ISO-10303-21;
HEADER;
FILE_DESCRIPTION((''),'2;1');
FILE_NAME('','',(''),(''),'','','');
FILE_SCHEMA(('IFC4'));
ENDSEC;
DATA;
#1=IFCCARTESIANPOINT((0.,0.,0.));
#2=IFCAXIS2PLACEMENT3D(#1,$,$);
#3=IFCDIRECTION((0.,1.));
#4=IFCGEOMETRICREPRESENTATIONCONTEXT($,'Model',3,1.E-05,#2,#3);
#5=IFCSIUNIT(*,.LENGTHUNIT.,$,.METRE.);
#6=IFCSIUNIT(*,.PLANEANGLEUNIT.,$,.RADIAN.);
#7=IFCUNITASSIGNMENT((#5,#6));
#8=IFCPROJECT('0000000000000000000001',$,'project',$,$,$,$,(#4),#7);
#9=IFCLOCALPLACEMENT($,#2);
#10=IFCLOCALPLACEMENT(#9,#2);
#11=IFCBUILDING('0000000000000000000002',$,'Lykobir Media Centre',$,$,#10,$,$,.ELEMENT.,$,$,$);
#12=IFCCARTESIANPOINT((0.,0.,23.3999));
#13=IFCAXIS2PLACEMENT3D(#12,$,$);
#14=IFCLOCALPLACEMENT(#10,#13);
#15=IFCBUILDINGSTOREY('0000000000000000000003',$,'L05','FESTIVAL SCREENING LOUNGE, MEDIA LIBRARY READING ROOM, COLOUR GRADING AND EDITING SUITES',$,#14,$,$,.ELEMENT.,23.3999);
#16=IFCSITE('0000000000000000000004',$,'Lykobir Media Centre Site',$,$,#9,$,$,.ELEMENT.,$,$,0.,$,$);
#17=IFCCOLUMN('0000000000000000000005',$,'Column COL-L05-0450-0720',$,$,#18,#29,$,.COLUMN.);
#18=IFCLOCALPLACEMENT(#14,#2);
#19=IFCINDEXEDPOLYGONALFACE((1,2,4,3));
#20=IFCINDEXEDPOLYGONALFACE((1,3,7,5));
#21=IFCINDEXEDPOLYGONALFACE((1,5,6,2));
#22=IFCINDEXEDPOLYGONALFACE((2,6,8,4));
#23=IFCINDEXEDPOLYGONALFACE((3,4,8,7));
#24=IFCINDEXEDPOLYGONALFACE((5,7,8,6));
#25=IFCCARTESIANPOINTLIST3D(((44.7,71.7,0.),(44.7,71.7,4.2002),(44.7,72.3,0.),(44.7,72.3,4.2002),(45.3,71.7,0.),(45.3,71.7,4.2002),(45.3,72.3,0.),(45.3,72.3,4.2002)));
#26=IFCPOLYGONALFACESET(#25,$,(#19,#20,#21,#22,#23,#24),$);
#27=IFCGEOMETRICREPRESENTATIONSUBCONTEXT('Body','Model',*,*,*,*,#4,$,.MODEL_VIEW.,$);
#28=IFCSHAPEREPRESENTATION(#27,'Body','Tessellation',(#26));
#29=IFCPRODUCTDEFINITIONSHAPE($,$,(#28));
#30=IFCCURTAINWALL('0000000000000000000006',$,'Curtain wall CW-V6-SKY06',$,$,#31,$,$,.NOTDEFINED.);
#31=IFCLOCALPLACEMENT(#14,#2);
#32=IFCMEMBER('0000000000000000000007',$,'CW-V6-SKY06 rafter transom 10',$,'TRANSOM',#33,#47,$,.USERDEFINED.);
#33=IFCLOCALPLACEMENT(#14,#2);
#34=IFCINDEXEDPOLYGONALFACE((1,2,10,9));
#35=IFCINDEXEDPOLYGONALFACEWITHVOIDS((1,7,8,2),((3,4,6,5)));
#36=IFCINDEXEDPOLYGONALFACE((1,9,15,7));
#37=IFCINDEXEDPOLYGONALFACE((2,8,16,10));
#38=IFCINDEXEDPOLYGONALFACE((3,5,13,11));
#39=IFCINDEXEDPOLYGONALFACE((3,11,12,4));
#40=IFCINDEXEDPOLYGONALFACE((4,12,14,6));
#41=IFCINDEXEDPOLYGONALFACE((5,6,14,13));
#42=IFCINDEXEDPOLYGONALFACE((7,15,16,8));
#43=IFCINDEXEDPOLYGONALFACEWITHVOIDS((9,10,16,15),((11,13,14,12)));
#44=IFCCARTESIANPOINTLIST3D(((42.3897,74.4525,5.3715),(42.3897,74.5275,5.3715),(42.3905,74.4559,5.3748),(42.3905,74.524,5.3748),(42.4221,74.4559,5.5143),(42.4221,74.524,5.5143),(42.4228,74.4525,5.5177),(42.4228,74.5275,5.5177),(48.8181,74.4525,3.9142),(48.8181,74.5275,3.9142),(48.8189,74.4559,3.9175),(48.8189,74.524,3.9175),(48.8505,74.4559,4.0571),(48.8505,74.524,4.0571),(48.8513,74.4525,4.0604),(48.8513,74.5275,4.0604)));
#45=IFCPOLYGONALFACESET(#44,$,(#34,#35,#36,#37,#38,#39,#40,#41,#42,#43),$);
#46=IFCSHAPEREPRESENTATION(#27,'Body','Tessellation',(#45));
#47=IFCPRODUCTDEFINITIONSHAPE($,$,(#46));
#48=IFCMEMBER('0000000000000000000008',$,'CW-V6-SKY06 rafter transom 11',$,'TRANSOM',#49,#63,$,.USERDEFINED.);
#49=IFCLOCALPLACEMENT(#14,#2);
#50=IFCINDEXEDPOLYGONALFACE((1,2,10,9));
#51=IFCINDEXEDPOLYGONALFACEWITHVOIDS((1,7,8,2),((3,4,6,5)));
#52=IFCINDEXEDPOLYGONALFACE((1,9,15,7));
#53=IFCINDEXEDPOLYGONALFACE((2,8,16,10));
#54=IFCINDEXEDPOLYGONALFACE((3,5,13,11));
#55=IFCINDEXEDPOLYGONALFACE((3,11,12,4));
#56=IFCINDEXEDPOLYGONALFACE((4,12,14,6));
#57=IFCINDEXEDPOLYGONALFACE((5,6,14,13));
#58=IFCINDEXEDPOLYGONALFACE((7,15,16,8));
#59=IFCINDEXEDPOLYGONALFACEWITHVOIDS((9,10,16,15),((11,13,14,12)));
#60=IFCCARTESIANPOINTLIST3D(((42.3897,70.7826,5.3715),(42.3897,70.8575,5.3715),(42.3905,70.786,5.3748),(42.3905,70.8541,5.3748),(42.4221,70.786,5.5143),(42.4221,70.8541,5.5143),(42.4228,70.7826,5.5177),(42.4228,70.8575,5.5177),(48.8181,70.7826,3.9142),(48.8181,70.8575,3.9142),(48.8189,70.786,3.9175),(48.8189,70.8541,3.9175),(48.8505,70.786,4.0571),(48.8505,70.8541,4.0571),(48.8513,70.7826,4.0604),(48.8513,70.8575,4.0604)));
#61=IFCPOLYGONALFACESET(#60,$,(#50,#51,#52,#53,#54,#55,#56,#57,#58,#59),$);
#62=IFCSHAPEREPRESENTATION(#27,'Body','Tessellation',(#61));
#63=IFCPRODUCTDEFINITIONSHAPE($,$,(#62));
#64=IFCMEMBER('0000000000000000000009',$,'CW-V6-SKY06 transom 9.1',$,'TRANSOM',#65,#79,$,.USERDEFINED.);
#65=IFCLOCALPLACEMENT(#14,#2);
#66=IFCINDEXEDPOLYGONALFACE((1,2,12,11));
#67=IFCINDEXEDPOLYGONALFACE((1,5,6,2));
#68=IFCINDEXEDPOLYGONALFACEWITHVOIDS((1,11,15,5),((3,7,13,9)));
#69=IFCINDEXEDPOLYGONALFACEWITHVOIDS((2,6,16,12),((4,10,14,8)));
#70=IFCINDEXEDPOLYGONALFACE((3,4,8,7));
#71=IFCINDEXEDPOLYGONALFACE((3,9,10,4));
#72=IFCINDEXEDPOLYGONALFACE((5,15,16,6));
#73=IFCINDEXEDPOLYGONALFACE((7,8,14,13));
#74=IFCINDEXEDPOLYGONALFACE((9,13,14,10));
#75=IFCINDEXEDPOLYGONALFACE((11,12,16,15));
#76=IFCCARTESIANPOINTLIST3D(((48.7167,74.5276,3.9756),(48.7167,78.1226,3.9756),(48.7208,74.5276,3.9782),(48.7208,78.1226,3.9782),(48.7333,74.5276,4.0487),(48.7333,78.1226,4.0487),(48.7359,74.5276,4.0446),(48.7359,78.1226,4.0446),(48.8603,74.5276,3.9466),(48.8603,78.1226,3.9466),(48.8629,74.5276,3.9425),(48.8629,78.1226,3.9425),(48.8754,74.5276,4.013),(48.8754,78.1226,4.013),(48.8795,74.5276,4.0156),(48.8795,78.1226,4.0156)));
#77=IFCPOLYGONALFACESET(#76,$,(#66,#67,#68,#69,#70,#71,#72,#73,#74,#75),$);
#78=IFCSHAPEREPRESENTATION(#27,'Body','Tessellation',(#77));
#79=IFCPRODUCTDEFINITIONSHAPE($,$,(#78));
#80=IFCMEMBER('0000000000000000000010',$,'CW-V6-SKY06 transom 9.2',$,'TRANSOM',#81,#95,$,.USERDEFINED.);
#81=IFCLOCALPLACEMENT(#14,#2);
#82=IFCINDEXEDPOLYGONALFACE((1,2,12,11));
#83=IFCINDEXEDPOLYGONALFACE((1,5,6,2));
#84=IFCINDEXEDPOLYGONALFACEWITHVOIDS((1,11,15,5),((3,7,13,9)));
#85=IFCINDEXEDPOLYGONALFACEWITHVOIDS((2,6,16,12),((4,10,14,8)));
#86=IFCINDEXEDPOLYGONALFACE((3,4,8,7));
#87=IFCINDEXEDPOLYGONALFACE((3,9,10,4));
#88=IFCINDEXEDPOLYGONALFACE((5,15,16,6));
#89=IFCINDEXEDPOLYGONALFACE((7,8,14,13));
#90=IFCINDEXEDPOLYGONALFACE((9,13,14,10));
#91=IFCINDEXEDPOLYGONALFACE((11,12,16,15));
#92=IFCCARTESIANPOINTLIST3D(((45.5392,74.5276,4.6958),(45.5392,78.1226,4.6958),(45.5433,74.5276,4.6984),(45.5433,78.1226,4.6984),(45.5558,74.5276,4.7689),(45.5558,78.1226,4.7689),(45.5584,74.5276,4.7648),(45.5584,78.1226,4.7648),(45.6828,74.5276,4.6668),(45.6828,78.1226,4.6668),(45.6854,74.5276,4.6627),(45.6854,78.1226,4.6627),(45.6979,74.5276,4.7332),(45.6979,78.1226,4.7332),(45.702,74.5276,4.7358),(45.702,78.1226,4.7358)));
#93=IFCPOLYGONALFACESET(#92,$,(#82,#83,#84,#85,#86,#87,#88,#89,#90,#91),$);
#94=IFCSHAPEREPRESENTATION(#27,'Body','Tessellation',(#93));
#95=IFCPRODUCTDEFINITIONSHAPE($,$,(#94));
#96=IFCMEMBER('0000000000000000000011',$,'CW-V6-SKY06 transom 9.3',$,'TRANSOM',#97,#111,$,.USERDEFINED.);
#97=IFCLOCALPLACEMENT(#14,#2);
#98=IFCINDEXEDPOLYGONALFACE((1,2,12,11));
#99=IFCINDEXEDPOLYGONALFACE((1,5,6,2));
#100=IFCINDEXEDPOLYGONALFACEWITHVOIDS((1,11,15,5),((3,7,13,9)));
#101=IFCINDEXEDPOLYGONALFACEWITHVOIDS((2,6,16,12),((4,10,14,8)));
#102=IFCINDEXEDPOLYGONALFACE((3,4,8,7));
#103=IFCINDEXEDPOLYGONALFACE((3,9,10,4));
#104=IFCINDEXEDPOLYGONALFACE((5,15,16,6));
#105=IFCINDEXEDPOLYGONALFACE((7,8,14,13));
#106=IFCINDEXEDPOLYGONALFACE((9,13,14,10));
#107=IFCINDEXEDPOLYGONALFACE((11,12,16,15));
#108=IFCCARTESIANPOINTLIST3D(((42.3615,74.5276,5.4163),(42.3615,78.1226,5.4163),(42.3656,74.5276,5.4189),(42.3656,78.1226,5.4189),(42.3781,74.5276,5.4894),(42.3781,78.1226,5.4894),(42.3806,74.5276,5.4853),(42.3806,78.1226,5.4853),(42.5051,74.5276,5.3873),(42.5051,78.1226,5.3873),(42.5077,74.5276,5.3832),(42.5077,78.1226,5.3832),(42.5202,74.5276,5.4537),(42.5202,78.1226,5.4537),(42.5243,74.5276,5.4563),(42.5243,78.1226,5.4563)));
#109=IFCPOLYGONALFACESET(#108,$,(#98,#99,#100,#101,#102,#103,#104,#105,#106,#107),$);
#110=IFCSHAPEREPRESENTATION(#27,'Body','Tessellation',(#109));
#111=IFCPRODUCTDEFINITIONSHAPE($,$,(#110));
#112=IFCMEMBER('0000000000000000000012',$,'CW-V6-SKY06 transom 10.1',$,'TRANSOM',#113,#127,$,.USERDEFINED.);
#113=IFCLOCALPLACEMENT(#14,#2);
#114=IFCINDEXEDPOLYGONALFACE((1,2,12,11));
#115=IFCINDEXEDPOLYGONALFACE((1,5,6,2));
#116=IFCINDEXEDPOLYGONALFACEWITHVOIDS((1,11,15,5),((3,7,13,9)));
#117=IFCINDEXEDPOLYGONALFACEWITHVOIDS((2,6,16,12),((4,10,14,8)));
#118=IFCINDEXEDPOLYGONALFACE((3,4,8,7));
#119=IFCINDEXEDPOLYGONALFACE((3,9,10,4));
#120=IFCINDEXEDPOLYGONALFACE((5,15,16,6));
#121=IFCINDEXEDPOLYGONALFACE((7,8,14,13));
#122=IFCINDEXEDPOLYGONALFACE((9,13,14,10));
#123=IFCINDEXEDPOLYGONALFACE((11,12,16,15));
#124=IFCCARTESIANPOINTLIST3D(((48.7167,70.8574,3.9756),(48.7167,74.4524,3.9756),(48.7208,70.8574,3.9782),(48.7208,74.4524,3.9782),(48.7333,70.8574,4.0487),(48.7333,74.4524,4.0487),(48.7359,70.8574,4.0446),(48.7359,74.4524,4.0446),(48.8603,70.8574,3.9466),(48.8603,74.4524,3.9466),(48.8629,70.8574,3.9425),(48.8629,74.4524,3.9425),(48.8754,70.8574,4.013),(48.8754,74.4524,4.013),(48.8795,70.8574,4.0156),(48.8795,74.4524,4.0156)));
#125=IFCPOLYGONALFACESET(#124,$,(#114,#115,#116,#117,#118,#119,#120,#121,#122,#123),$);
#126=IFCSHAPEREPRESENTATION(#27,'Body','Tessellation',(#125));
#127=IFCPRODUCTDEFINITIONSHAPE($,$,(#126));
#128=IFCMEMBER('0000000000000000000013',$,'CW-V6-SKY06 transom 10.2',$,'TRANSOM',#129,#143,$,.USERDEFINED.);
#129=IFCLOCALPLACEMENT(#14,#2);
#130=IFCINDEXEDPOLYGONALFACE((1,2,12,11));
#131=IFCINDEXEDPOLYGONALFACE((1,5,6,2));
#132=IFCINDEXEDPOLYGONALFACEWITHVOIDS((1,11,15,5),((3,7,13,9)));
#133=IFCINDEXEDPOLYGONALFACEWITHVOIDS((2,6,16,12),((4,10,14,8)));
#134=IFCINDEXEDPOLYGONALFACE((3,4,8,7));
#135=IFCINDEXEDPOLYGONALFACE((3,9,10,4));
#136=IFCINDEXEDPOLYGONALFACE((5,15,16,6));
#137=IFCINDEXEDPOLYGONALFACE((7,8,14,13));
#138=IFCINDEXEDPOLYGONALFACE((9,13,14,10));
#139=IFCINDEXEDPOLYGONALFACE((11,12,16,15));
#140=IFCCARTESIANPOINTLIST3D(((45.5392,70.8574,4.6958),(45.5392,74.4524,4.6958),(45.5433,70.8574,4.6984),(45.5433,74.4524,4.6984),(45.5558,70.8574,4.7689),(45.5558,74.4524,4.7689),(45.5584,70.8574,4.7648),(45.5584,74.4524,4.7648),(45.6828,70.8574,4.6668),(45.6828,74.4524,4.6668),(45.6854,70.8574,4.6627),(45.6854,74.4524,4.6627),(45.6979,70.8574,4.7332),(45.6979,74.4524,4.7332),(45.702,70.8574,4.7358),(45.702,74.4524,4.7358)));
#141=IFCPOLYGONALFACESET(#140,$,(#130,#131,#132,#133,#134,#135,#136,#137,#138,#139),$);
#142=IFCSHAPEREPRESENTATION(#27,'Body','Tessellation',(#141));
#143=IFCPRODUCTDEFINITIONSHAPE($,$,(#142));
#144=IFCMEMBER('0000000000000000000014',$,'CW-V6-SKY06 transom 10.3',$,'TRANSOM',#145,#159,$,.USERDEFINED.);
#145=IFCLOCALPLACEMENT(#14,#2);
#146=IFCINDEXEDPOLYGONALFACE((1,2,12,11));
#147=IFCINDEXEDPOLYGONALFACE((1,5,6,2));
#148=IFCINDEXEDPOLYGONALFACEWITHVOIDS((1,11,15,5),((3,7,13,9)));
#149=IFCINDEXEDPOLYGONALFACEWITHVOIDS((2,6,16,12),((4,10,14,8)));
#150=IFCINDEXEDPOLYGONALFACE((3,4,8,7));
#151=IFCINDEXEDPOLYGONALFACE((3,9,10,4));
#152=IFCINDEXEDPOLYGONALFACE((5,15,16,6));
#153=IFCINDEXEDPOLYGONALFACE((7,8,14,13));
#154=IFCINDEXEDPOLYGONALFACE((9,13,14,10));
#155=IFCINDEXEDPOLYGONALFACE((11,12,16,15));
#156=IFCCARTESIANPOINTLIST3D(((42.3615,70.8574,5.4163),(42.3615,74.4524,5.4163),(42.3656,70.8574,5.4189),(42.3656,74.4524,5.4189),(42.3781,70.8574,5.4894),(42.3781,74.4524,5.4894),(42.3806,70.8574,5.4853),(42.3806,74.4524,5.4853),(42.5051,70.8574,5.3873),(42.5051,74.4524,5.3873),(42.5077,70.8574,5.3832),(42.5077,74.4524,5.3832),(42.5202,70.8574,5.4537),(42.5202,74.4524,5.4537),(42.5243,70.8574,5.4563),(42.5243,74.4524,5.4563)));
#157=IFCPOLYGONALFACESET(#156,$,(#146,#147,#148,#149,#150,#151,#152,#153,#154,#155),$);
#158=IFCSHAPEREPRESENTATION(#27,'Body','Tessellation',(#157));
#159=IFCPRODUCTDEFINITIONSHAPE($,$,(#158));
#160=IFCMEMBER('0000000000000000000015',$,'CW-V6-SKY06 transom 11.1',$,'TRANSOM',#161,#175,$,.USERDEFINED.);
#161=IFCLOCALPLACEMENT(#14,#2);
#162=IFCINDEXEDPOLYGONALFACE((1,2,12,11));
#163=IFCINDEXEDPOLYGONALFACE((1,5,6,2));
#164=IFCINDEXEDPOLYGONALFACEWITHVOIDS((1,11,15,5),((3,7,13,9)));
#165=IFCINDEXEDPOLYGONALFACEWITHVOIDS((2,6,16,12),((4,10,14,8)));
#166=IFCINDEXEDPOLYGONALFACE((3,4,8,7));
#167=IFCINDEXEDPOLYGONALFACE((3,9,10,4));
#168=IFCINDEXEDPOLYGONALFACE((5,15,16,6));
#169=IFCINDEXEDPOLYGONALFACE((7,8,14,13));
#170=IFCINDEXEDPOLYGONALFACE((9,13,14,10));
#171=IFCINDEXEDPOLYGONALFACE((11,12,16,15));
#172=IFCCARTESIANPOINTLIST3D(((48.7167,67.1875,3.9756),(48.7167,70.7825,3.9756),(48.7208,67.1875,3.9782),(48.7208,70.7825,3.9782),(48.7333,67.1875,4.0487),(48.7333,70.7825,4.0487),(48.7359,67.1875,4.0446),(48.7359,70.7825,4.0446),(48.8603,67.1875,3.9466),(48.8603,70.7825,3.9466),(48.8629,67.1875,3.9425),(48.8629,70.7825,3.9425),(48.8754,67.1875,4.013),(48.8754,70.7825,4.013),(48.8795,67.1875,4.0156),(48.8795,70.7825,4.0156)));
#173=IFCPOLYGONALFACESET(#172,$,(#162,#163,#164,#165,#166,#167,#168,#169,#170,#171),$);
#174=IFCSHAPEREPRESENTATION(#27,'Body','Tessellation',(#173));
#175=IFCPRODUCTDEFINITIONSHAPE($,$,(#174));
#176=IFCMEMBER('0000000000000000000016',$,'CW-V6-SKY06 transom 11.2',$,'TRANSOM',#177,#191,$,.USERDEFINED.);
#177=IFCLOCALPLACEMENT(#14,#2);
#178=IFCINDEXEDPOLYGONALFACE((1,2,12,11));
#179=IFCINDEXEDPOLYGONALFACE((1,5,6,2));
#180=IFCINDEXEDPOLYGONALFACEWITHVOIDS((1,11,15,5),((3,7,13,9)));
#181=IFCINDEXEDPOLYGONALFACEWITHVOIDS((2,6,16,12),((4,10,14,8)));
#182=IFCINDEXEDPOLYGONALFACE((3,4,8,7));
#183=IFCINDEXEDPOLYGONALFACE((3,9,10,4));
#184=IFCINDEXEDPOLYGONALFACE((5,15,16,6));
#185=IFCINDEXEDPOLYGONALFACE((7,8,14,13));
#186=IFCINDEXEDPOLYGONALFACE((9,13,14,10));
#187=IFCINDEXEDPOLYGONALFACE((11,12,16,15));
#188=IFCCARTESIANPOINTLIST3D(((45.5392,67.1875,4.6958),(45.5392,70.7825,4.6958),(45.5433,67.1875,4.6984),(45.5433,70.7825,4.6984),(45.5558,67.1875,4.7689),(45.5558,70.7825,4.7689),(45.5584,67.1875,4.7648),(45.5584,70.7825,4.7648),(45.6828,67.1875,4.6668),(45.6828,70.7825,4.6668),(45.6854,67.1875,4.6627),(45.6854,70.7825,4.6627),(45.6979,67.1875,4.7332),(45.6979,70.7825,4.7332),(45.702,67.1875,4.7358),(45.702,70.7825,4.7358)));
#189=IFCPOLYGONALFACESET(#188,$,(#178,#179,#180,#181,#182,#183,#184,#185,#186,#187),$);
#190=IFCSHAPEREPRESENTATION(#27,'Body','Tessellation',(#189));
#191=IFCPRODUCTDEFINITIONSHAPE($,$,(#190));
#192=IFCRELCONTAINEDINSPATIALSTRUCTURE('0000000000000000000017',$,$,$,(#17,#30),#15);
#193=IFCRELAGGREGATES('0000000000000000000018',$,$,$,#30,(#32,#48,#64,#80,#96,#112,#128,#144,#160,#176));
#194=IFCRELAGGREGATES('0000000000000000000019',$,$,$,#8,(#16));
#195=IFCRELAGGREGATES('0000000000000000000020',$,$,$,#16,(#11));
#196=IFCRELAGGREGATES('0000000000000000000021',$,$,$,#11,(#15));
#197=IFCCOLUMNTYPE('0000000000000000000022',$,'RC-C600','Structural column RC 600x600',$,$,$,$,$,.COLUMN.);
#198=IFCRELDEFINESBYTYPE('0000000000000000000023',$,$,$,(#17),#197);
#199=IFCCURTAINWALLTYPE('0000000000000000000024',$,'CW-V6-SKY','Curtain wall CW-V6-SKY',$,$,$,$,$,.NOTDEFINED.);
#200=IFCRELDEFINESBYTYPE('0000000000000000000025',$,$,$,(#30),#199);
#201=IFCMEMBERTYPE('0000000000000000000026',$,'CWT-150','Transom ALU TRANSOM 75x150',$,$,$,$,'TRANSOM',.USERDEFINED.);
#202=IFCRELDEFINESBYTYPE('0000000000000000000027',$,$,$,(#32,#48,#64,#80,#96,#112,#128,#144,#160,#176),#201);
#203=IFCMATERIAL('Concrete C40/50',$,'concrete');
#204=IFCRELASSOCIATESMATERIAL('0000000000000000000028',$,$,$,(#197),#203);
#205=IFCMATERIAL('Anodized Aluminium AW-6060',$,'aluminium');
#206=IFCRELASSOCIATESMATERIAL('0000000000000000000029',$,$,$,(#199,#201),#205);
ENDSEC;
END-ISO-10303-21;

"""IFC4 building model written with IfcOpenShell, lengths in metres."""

from ifc_helpers import new_model, si_unit, direction, frame, origin, origin_2d, place, context, subcontext, project, spatial, rectangle, hollow_rectangle, extrude, material, material_profile, profile_set, type_object, element, aggregate, save


model = new_model("IFC4")

# Units and contexts
model_context = context("Model", 3, precision=1e-05, world=origin(), true_north=direction((0.0, 1.0)))
body_context = subcontext(model_context, "Body", "Model", "MODEL_VIEW")
ifc_project = project(units=[si_unit("LENGTHUNIT", "METRE"), si_unit("PLANEANGLEUNIT", "RADIAN")], contexts=[model_context])

# Site, building, storey
site_placement = place(None, origin())
site = spatial("IfcSite", under=ifc_project, at=site_placement, Name="Lykobir Media Centre Site", CompositionType="ELEMENT", RefElevation=0.0)
building_placement = place(site_placement, origin())
building = spatial("IfcBuilding", under=site, at=building_placement, Name="Lykobir Media Centre", CompositionType="ELEMENT")
storey_placement = place(building_placement, frame((0.0, 0.0, 23.3999)))
storey = spatial("IfcBuildingStorey", under=building, at=storey_placement, Name="L05", Description="FESTIVAL SCREENING LOUNGE, MEDIA LIBRARY READING ROOM, COLOUR GRADING AND EDITING SUITES", CompositionType="ELEMENT", Elevation=23.3999)

# Column
ifc_material_1 = material(Name="Concrete C40/50", Category="concrete")
ifc_material_profile_1 = material_profile(ifc_material_1, rectangle(XDim=0.6001, YDim=0.6001, at=origin_2d()), Name="RC 600x600")
ifc_profile_set_1 = profile_set([ifc_material_profile_1], Name="Concrete C40/50")
column_type = type_object("IfcColumnType", Name="RC-C600", Description="Structural column RC 600x600", PredefinedType="COLUMN", material=ifc_profile_set_1)
column_placement = place(storey_placement, frame((45.0, 72.0, 0.0), z_axis=(0.0, 0.0, 1.0), x_axis=(1.0, 0.0, 0.0)))
element("IfcColumn", 1, at=column_placement, inside=storey, type_object=column_type, Name="Column COL-L05-0450-0720", PredefinedType="COLUMN", context=body_context, shape_type="SweptSolid", body=[
    extrude(rectangle(XDim=0.6001, YDim=0.6001, at=origin_2d()), origin(), (0.0, 0.0, 1.0), 4.2002),
])

# Curtain wall, members
ifc_material_2 = material(Name="Anodized Aluminium AW-6060", Category="aluminium")
curtain_wall_type = type_object("IfcCurtainWallType", Name="CW-V6-SKY", Description="Curtain wall CW-V6-SKY", PredefinedType="NOTDEFINED", material=ifc_material_2)
curtain_wall_1_placement = place(storey_placement, origin())
curtain_wall_1 = element("IfcCurtainWall", 2, at=curtain_wall_1_placement, inside=storey, type_object=curtain_wall_type, Name="Curtain wall CW-V6-SKY06", PredefinedType="NOTDEFINED")
ifc_material_profile_2 = material_profile(ifc_material_2, hollow_rectangle(XDim=0.075, YDim=0.1499, WallThickness=0.0034, at=origin_2d()), Name="ALU TRANSOM 75x150")
ifc_profile_set_2 = profile_set([ifc_material_profile_2], Name="Anodized Aluminium AW-6060")
member_type = type_object("IfcMemberType", Name="CWT-150", Description="Transom ALU TRANSOM 75x150", ElementType="TRANSOM", PredefinedType="USERDEFINED", material=ifc_profile_set_2)
member_1_placement = place(storey_placement, frame((48.8347, 74.49, 3.9873), z_axis=(-0.975255, 0.0, 0.221082), x_axis=(0.0, -1.0, 0.0)))
member_1 = element("IfcMember", 3, at=member_1_placement, type_object=member_type, Name="CW-V6-SKY06 rafter transom 10", ObjectType="TRANSOM", PredefinedType="USERDEFINED", context=body_context, shape_type="SweptSolid", body=[
    extrude(hollow_rectangle(XDim=0.075, YDim=0.1499, WallThickness=0.0034, at=origin_2d()), origin(), (0.0, 0.0, 1.0), 6.5916),
])
member_2_placement = place(storey_placement, frame((48.8347, 70.8201, 3.9873), z_axis=(-0.975255, 0.0, 0.221082), x_axis=(0.0, -1.0, 0.0)))
member_2 = element("IfcMember", 4, at=member_2_placement, type_object=member_type, Name="CW-V6-SKY06 rafter transom 11", ObjectType="TRANSOM", PredefinedType="USERDEFINED", context=body_context, shape_type="SweptSolid", body=[
    extrude(hollow_rectangle(XDim=0.075, YDim=0.1499, WallThickness=0.0034, at=origin_2d()), origin(), (0.0, 0.0, 1.0), 6.5916),
])
member_3_placement = place(storey_placement, frame((48.7981, 78.1226, 3.9956), z_axis=(0.0, -1.0, 0.0), x_axis=(0.221072, 0.0, 0.975258)))
member_3 = element("IfcMember", 5, at=member_3_placement, type_object=member_type, Name="CW-V6-SKY06 transom 9.1", ObjectType="TRANSOM", PredefinedType="USERDEFINED", context=body_context, shape_type="SweptSolid", body=[
    extrude(hollow_rectangle(XDim=0.075, YDim=0.1499, WallThickness=0.0034, at=origin_2d()), origin(), (0.0, 0.0, 1.0), 3.595),
])
member_4_placement = place(storey_placement, frame((45.6206, 78.1226, 4.7158), z_axis=(0.0, -1.0, 0.0), x_axis=(0.221072, 0.0, 0.975258)))
member_4 = element("IfcMember", 6, at=member_4_placement, type_object=member_type, Name="CW-V6-SKY06 transom 9.2", ObjectType="TRANSOM", PredefinedType="USERDEFINED", context=body_context, shape_type="SweptSolid", body=[
    extrude(hollow_rectangle(XDim=0.075, YDim=0.1499, WallThickness=0.0034, at=origin_2d()), origin(), (0.0, 0.0, 1.0), 3.595),
])
member_5_placement = place(storey_placement, frame((42.4429, 78.1226, 5.4363), z_axis=(0.0, -1.0, 0.0), x_axis=(0.221072, 0.0, 0.975258)))
member_5 = element("IfcMember", 7, at=member_5_placement, type_object=member_type, Name="CW-V6-SKY06 transom 9.3", ObjectType="TRANSOM", PredefinedType="USERDEFINED", context=body_context, shape_type="SweptSolid", body=[
    extrude(hollow_rectangle(XDim=0.075, YDim=0.1499, WallThickness=0.0034, at=origin_2d()), origin(), (0.0, 0.0, 1.0), 3.595),
])
member_6_placement = place(storey_placement, frame((48.7981, 74.4524, 3.9956), z_axis=(0.0, -1.0, 0.0), x_axis=(0.221072, 0.0, 0.975258)))
member_6 = element("IfcMember", 8, at=member_6_placement, type_object=member_type, Name="CW-V6-SKY06 transom 10.1", ObjectType="TRANSOM", PredefinedType="USERDEFINED", context=body_context, shape_type="SweptSolid", body=[
    extrude(hollow_rectangle(XDim=0.075, YDim=0.1499, WallThickness=0.0034, at=origin_2d()), origin(), (0.0, 0.0, 1.0), 3.595),
])
member_7_placement = place(storey_placement, frame((45.6206, 74.4524, 4.7158), z_axis=(0.0, -1.0, 0.0), x_axis=(0.221072, 0.0, 0.975258)))
member_7 = element("IfcMember", 9, at=member_7_placement, type_object=member_type, Name="CW-V6-SKY06 transom 10.2", ObjectType="TRANSOM", PredefinedType="USERDEFINED", context=body_context, shape_type="SweptSolid", body=[
    extrude(hollow_rectangle(XDim=0.075, YDim=0.1499, WallThickness=0.0034, at=origin_2d()), origin(), (0.0, 0.0, 1.0), 3.595),
])
member_8_placement = place(storey_placement, frame((42.4429, 74.4524, 5.4363), z_axis=(0.0, -1.0, 0.0), x_axis=(0.221072, 0.0, 0.975258)))
member_8 = element("IfcMember", 10, at=member_8_placement, type_object=member_type, Name="CW-V6-SKY06 transom 10.3", ObjectType="TRANSOM", PredefinedType="USERDEFINED", context=body_context, shape_type="SweptSolid", body=[
    extrude(hollow_rectangle(XDim=0.075, YDim=0.1499, WallThickness=0.0034, at=origin_2d()), origin(), (0.0, 0.0, 1.0), 3.595),
])
member_9_placement = place(storey_placement, frame((48.7981, 70.7825, 3.9956), z_axis=(0.0, -1.0, 0.0), x_axis=(0.221072, 0.0, 0.975258)))
member_9 = element("IfcMember", 11, at=member_9_placement, type_object=member_type, Name="CW-V6-SKY06 transom 11.1", ObjectType="TRANSOM", PredefinedType="USERDEFINED", context=body_context, shape_type="SweptSolid", body=[
    extrude(hollow_rectangle(XDim=0.075, YDim=0.1499, WallThickness=0.0034, at=origin_2d()), origin(), (0.0, 0.0, 1.0), 3.595),
])
member_10_placement = place(storey_placement, frame((45.6206, 70.7825, 4.7158), z_axis=(0.0, -1.0, 0.0), x_axis=(0.221072, 0.0, 0.975258)))
member_10 = element("IfcMember", 12, at=member_10_placement, type_object=member_type, Name="CW-V6-SKY06 transom 11.2", ObjectType="TRANSOM", PredefinedType="USERDEFINED", context=body_context, shape_type="SweptSolid", body=[
    extrude(hollow_rectangle(XDim=0.075, YDim=0.1499, WallThickness=0.0034, at=origin_2d()), origin(), (0.0, 0.0, 1.0), 3.595),
])
aggregate(curtain_wall_1, [member_1, member_2, member_3, member_4, member_5, member_6, member_7, member_8, member_9, member_10])

save(model, "model.ifc")
